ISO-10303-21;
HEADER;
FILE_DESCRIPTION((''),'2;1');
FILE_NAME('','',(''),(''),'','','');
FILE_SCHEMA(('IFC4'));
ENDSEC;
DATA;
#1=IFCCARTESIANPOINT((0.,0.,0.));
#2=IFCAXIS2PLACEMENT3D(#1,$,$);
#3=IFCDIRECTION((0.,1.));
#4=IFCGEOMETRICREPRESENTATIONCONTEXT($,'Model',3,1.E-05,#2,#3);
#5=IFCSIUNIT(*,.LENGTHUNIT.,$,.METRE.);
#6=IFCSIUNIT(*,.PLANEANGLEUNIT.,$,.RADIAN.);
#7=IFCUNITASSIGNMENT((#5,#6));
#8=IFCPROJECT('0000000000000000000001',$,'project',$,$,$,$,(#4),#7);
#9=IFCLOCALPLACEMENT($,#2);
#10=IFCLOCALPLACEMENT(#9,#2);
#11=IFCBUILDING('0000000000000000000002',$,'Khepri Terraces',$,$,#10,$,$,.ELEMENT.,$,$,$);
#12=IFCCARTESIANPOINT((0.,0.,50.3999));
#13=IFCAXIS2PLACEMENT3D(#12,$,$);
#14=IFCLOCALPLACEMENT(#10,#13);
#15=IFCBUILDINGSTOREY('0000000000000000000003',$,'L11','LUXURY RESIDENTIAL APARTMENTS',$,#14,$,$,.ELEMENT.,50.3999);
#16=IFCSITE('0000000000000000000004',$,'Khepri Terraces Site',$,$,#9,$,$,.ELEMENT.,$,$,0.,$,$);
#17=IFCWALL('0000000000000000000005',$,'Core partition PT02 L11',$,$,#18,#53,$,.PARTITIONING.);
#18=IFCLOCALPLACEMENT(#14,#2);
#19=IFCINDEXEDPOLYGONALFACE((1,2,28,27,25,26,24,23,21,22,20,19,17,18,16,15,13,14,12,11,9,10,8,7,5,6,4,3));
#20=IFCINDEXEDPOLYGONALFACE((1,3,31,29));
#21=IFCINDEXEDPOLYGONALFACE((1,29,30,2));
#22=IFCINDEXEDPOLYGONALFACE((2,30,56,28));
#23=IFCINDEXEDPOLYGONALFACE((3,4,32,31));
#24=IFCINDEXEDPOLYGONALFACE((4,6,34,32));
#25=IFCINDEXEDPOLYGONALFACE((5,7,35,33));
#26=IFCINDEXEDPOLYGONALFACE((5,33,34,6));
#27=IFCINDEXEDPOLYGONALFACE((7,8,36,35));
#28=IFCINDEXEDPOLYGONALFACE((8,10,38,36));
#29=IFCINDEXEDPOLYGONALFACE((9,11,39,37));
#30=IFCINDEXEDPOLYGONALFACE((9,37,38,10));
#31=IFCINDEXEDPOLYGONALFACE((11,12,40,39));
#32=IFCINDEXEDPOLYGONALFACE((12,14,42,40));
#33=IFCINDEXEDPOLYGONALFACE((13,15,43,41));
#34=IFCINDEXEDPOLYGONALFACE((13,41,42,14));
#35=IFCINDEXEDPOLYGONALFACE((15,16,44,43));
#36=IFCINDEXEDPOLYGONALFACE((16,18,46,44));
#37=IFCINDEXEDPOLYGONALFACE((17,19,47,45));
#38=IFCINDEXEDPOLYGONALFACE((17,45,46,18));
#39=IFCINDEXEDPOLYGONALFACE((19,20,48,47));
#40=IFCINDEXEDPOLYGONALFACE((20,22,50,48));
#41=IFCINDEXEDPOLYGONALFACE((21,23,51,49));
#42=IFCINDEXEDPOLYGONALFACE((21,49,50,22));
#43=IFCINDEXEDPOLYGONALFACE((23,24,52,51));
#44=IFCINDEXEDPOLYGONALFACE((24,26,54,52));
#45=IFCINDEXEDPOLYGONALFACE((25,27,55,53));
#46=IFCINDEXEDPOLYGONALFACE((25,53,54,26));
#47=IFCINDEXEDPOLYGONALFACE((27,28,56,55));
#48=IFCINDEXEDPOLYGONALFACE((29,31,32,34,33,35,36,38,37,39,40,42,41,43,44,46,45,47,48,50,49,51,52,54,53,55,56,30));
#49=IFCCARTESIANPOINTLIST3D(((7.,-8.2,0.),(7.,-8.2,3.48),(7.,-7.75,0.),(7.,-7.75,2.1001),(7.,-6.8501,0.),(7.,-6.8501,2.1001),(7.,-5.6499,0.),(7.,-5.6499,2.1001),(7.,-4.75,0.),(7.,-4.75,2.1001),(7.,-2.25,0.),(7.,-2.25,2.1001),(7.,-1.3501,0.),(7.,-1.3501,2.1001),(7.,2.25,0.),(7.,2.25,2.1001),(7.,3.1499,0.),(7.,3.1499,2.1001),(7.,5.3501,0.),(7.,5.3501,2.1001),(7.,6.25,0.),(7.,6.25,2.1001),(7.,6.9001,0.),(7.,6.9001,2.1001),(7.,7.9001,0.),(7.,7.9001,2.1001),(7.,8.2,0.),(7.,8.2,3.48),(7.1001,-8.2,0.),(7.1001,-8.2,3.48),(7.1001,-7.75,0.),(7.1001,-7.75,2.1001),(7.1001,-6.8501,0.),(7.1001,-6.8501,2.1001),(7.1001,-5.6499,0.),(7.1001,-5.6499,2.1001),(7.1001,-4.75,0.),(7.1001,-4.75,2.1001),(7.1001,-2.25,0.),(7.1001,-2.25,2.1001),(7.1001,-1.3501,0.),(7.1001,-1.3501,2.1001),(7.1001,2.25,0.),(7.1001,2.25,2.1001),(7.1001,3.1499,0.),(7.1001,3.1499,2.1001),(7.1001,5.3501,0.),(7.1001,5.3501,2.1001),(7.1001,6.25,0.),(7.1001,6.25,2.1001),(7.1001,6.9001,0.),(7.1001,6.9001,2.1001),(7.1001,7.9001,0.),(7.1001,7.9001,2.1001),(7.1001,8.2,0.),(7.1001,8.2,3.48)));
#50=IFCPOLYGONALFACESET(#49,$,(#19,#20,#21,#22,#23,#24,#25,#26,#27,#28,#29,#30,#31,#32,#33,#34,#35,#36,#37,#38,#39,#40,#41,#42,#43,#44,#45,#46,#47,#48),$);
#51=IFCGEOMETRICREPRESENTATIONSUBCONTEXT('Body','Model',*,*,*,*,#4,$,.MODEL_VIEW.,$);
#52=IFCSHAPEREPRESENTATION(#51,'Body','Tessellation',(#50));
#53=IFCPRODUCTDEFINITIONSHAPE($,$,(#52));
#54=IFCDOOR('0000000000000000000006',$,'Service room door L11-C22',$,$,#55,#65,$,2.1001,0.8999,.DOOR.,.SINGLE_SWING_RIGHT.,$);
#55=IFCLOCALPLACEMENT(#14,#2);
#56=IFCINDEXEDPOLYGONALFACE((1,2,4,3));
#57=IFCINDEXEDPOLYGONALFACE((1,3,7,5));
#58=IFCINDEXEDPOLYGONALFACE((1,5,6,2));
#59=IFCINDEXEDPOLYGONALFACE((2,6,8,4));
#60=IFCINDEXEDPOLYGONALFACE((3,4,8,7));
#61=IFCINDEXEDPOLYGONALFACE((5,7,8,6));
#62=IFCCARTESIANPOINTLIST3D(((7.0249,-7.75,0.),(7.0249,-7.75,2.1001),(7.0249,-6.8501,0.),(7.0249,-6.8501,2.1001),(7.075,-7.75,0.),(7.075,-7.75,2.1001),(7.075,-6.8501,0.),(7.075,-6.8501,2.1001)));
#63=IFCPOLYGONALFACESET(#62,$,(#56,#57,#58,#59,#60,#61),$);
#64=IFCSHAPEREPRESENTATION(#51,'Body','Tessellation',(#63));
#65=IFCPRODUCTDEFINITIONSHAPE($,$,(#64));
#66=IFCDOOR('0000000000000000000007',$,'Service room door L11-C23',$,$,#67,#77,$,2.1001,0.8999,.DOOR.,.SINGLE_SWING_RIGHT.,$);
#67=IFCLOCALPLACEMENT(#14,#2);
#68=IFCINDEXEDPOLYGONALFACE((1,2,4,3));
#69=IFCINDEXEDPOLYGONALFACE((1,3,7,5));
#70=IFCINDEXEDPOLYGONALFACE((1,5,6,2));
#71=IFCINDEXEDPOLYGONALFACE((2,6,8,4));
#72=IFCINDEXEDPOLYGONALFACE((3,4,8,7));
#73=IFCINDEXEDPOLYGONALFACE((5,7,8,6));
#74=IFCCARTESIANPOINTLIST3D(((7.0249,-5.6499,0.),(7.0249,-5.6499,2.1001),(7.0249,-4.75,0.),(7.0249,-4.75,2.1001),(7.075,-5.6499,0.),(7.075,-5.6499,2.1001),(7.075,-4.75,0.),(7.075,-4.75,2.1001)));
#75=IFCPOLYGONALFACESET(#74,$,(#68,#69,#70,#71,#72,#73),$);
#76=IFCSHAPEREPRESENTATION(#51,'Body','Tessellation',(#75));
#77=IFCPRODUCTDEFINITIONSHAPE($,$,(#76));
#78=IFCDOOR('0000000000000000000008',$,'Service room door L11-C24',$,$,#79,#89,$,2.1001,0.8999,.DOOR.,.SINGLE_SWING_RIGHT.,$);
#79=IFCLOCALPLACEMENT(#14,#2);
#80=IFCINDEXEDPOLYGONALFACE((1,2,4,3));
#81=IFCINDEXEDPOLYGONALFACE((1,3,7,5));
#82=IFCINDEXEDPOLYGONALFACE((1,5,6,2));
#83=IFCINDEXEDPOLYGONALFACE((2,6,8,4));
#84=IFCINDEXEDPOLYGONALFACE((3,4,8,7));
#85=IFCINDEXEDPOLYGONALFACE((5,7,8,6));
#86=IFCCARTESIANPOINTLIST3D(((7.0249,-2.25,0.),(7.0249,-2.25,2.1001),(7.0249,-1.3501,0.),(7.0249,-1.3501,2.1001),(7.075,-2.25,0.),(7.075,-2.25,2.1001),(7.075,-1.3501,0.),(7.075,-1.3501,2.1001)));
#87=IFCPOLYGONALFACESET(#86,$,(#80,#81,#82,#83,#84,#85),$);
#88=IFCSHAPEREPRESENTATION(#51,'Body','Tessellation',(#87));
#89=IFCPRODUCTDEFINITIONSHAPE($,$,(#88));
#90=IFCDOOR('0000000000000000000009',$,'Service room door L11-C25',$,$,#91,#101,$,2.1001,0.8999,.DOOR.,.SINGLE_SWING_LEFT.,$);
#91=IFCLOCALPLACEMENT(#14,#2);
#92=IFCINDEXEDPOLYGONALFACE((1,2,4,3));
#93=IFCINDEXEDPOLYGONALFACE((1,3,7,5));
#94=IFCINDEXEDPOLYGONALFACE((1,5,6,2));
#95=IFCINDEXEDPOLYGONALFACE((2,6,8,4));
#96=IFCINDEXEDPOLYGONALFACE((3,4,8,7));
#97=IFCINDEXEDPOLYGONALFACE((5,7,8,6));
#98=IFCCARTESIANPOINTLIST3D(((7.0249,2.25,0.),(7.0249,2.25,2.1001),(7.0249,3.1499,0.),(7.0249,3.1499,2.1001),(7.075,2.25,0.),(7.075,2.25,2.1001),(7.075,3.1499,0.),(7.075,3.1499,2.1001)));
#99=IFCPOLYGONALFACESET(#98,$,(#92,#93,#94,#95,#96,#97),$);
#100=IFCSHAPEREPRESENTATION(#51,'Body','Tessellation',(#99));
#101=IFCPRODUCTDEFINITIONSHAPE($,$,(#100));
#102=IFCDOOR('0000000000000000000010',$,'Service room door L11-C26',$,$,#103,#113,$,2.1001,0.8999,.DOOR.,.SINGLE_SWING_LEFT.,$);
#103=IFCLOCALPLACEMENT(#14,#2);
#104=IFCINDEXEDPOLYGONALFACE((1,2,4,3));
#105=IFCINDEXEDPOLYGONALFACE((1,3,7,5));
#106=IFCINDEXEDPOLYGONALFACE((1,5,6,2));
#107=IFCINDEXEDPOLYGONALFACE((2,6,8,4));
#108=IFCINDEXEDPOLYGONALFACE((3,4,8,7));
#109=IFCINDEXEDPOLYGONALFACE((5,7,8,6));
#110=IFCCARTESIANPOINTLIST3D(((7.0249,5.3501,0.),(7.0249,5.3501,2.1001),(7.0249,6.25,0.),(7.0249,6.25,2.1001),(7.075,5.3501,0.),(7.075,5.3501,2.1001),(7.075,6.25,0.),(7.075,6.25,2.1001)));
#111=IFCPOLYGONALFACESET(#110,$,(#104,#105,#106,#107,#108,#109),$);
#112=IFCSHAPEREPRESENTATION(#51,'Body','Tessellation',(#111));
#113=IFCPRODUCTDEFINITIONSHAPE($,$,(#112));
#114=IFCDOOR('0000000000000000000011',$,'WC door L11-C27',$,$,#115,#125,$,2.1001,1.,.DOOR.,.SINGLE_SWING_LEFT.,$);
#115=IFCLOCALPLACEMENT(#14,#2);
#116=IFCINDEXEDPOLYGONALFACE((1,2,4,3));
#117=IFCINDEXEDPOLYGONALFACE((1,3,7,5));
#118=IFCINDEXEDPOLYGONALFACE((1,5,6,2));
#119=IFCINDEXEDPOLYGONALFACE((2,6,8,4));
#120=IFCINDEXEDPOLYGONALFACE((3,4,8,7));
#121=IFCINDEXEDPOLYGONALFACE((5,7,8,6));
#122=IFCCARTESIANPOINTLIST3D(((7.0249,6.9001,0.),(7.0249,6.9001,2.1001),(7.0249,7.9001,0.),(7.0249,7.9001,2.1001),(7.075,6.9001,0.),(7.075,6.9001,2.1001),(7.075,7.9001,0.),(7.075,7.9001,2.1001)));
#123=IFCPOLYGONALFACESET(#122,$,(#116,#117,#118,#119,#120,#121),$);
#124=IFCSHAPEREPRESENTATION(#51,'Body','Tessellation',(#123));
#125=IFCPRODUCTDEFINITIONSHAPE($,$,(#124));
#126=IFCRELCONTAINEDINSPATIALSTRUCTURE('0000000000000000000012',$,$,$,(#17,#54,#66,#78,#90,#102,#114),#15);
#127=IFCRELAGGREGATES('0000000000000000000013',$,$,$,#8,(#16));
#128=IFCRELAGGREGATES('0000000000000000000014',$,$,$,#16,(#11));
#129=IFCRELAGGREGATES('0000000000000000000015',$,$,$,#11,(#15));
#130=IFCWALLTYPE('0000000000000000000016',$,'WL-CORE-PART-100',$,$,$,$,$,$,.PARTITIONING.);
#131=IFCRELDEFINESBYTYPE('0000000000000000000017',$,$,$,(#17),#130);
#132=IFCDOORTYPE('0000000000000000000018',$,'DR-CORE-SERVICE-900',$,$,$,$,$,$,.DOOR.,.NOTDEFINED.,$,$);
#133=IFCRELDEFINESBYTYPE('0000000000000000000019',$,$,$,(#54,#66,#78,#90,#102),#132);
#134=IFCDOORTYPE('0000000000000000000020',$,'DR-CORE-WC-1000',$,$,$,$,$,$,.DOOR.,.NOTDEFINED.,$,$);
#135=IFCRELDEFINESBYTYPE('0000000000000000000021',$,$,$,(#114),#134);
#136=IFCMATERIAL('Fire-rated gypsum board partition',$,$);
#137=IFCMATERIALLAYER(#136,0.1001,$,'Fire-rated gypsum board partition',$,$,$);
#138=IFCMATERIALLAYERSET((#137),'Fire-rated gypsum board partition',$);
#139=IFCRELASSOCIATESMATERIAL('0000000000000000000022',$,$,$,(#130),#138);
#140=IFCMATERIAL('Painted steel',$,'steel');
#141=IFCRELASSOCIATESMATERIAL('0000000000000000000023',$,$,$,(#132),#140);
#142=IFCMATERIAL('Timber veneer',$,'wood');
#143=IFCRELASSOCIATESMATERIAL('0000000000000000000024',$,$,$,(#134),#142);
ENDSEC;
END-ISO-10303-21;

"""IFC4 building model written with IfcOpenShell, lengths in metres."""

from ifc_helpers import new_model, si_unit, direction, frame, frame_2d, origin, place, context, subcontext, project, spatial, rectangle, extrude, material, layer, layer_set, type_object, element, fill, save


model = new_model("IFC4")

# Units and contexts
model_context = context("Model", 3, precision=1e-05, world=origin(), true_north=direction((0.0, 1.0)))
body_context = subcontext(model_context, "Body", "Model", "MODEL_VIEW")
ifc_project = project(units=[si_unit("LENGTHUNIT", "METRE"), si_unit("PLANEANGLEUNIT", "RADIAN")], contexts=[model_context])

# Site, building, storey
site_placement = place(None, origin())
site = spatial("IfcSite", under=ifc_project, at=site_placement, Name="Khepri Terraces Site", CompositionType="ELEMENT", RefElevation=0.0)
building_placement = place(site_placement, origin())
building = spatial("IfcBuilding", under=site, at=building_placement, Name="Khepri Terraces", CompositionType="ELEMENT")
storey_placement = place(building_placement, frame((0.0, 0.0, 50.3999)))
storey = spatial("IfcBuildingStorey", under=building, at=storey_placement, Name="L11", Description="LUXURY RESIDENTIAL APARTMENTS", CompositionType="ELEMENT", Elevation=50.3999)

# Wall, openings, doors
ifc_material_1 = material(Name="Fire-rated gypsum board partition")
ifc_layer_1 = layer(ifc_material_1, 0.1001, Name="Fire-rated gypsum board partition")
ifc_layer_set_1 = layer_set([ifc_layer_1], Name="Fire-rated gypsum board partition")
wall_type_1 = type_object("IfcWallType", Name="WL-CORE-PART-100", PredefinedType="PARTITIONING", material=ifc_layer_set_1)
wall_1_placement = place(storey_placement, frame((7.05, -8.2, 0.0), z_axis=(0.0, 0.0, 1.0), x_axis=(0.0, 1.0, 0.0)))
wall_1 = element("IfcWall", 1, at=wall_1_placement, inside=storey, type_object=wall_type_1, Name="Core partition PT02 L11", PredefinedType="PARTITIONING", context=body_context, shape_type="SweptSolid", body=[
    extrude(rectangle(XDim=16.3999, YDim=0.1001, at=frame_2d((8.2, 0.0))), origin(), (0.0, 0.0, 1.0), 3.48),
])
opening_1_placement = place(wall_1_placement, frame((0.45, 0.0, 0.0)))
opening_1 = element("IfcOpeningElement", 2, at=opening_1_placement, cuts=wall_1, PredefinedType="OPENING", context=body_context, shape_type="SweptSolid", body=[
    extrude(rectangle(XDim=0.8999, YDim=2.1001, at=frame_2d((0.45, 1.05))), frame((0.0, 0.0601, 0.0), z_axis=(0.0, -1.0, 0.0), x_axis=(1.0, 0.0, 0.0)), (0.0, 0.0, 1.0), 0.1201),
])
opening_2_placement = place(wall_1_placement, frame((2.55, 0.0, 0.0)))
opening_2 = element("IfcOpeningElement", 3, at=opening_2_placement, cuts=wall_1, PredefinedType="OPENING", context=body_context, shape_type="SweptSolid", body=[
    extrude(rectangle(XDim=0.8999, YDim=2.1001, at=frame_2d((0.45, 1.05))), frame((0.0, 0.0601, 0.0), z_axis=(0.0, -1.0, 0.0), x_axis=(1.0, 0.0, 0.0)), (0.0, 0.0, 1.0), 0.1201),
])
opening_3_placement = place(wall_1_placement, frame((5.95, 0.0, 0.0)))
opening_3 = element("IfcOpeningElement", 4, at=opening_3_placement, cuts=wall_1, PredefinedType="OPENING", context=body_context, shape_type="SweptSolid", body=[
    extrude(rectangle(XDim=0.8999, YDim=2.1001, at=frame_2d((0.45, 1.05))), frame((0.0, 0.0601, 0.0), z_axis=(0.0, -1.0, 0.0), x_axis=(1.0, 0.0, 0.0)), (0.0, 0.0, 1.0), 0.1201),
])
opening_4_placement = place(wall_1_placement, frame((10.45, 0.0, 0.0)))
opening_4 = element("IfcOpeningElement", 5, at=opening_4_placement, cuts=wall_1, PredefinedType="OPENING", context=body_context, shape_type="SweptSolid", body=[
    extrude(rectangle(XDim=0.8999, YDim=2.1001, at=frame_2d((0.45, 1.05))), frame((0.0, 0.0601, 0.0), z_axis=(0.0, -1.0, 0.0), x_axis=(1.0, 0.0, 0.0)), (0.0, 0.0, 1.0), 0.1201),
])
opening_5_placement = place(wall_1_placement, frame((13.55, 0.0, 0.0)))
opening_5 = element("IfcOpeningElement", 6, at=opening_5_placement, cuts=wall_1, PredefinedType="OPENING", context=body_context, shape_type="SweptSolid", body=[
    extrude(rectangle(XDim=0.8999, YDim=2.1001, at=frame_2d((0.45, 1.05))), frame((0.0, 0.0601, 0.0), z_axis=(0.0, -1.0, 0.0), x_axis=(1.0, 0.0, 0.0)), (0.0, 0.0, 1.0), 0.1201),
])
opening_6_placement = place(wall_1_placement, frame((15.1001, 0.0, 0.0)))
opening_6 = element("IfcOpeningElement", 7, at=opening_6_placement, cuts=wall_1, PredefinedType="OPENING", context=body_context, shape_type="SweptSolid", body=[
    extrude(rectangle(XDim=1.0, YDim=2.1001, at=frame_2d((0.5, 1.05))), frame((0.0, 0.0601, 0.0), z_axis=(0.0, -1.0, 0.0), x_axis=(1.0, 0.0, 0.0)), (0.0, 0.0, 1.0), 0.1201),
])
ifc_material_2 = material(Name="Painted steel", Category="steel")
door_type_1 = type_object("IfcDoorType", Name="DR-CORE-SERVICE-900", OperationType="NOTDEFINED", PredefinedType="DOOR", material=ifc_material_2)
door_1_placement = place(opening_1_placement, frame((0.8999, 0.0, 0.0), z_axis=(0.0, 0.0, 1.0), x_axis=(-1.0, 0.0, 0.0)))
door_1 = element("IfcDoor", 8, at=door_1_placement, inside=storey, type_object=door_type_1, Name="Service room door L11-C22", OperationType="SINGLE_SWING_RIGHT", OverallHeight=2.1001, OverallWidth=0.8999, PredefinedType="DOOR", context=body_context, shape_type="SweptSolid", body=[
    extrude(rectangle(XDim=0.8999, YDim=2.1001, at=frame_2d((0.45, 1.05))), frame((0.0, 0.0249, 0.0), z_axis=(0.0, -1.0, 0.0), x_axis=(1.0, 0.0, 0.0)), (0.0, 0.0, 1.0), 0.05),
])
fill(opening_1, door_1)
door_2_placement = place(opening_2_placement, frame((0.8999, 0.0, 0.0), z_axis=(0.0, 0.0, 1.0), x_axis=(-1.0, 0.0, 0.0)))
door_2 = element("IfcDoor", 9, at=door_2_placement, inside=storey, type_object=door_type_1, Name="Service room door L11-C23", OperationType="SINGLE_SWING_RIGHT", OverallHeight=2.1001, OverallWidth=0.8999, PredefinedType="DOOR", context=body_context, shape_type="SweptSolid", body=[
    extrude(rectangle(XDim=0.8999, YDim=2.1001, at=frame_2d((0.45, 1.05))), frame((0.0, 0.0249, 0.0), z_axis=(0.0, -1.0, 0.0), x_axis=(1.0, 0.0, 0.0)), (0.0, 0.0, 1.0), 0.05),
])
fill(opening_2, door_2)
door_3_placement = place(opening_3_placement, frame((0.8999, 0.0, 0.0), z_axis=(0.0, 0.0, 1.0), x_axis=(-1.0, 0.0, 0.0)))
door_3 = element("IfcDoor", 10, at=door_3_placement, inside=storey, type_object=door_type_1, Name="Service room door L11-C24", OperationType="SINGLE_SWING_RIGHT", OverallHeight=2.1001, OverallWidth=0.8999, PredefinedType="DOOR", context=body_context, shape_type="SweptSolid", body=[
    extrude(rectangle(XDim=0.8999, YDim=2.1001, at=frame_2d((0.45, 1.05))), frame((0.0, 0.0249, 0.0), z_axis=(0.0, -1.0, 0.0), x_axis=(1.0, 0.0, 0.0)), (0.0, 0.0, 1.0), 0.05),
])
fill(opening_3, door_3)
door_4_placement = place(opening_4_placement, frame((0.8999, 0.0, 0.0), z_axis=(0.0, 0.0, 1.0), x_axis=(-1.0, 0.0, 0.0)))
door_4 = element("IfcDoor", 11, at=door_4_placement, inside=storey, type_object=door_type_1, Name="Service room door L11-C25", OperationType="SINGLE_SWING_LEFT", OverallHeight=2.1001, OverallWidth=0.8999, PredefinedType="DOOR", context=body_context, shape_type="SweptSolid", body=[
    extrude(rectangle(XDim=0.8999, YDim=2.1001, at=frame_2d((0.45, 1.05))), frame((0.0, 0.0249, 0.0), z_axis=(0.0, -1.0, 0.0), x_axis=(1.0, 0.0, 0.0)), (0.0, 0.0, 1.0), 0.05),
])
fill(opening_4, door_4)
door_5_placement = place(opening_5_placement, frame((0.8999, 0.0, 0.0), z_axis=(0.0, 0.0, 1.0), x_axis=(-1.0, 0.0, 0.0)))
door_5 = element("IfcDoor", 12, at=door_5_placement, inside=storey, type_object=door_type_1, Name="Service room door L11-C26", OperationType="SINGLE_SWING_LEFT", OverallHeight=2.1001, OverallWidth=0.8999, PredefinedType="DOOR", context=body_context, shape_type="SweptSolid", body=[
    extrude(rectangle(XDim=0.8999, YDim=2.1001, at=frame_2d((0.45, 1.05))), frame((0.0, 0.0249, 0.0), z_axis=(0.0, -1.0, 0.0), x_axis=(1.0, 0.0, 0.0)), (0.0, 0.0, 1.0), 0.05),
])
fill(opening_5, door_5)
ifc_material_3 = material(Name="Timber veneer", Category="wood")
door_type_2 = type_object("IfcDoorType", Name="DR-CORE-WC-1000", OperationType="NOTDEFINED", PredefinedType="DOOR", material=ifc_material_3)
door_6_placement = place(opening_6_placement, frame((1.0, 0.0, 0.0), z_axis=(0.0, 0.0, 1.0), x_axis=(-1.0, 0.0, 0.0)))
door_6 = element("IfcDoor", 13, at=door_6_placement, inside=storey, type_object=door_type_2, Name="WC door L11-C27", OperationType="SINGLE_SWING_LEFT", OverallHeight=2.1001, OverallWidth=1.0, PredefinedType="DOOR", context=body_context, shape_type="SweptSolid", body=[
    extrude(rectangle(XDim=1.0, YDim=2.1001, at=frame_2d((0.5, 1.05))), frame((0.0, 0.0249, 0.0), z_axis=(0.0, -1.0, 0.0), x_axis=(1.0, 0.0, 0.0)), (0.0, 0.0, 1.0), 0.05),
])
fill(opening_6, door_6)

save(model, "model.ifc")
